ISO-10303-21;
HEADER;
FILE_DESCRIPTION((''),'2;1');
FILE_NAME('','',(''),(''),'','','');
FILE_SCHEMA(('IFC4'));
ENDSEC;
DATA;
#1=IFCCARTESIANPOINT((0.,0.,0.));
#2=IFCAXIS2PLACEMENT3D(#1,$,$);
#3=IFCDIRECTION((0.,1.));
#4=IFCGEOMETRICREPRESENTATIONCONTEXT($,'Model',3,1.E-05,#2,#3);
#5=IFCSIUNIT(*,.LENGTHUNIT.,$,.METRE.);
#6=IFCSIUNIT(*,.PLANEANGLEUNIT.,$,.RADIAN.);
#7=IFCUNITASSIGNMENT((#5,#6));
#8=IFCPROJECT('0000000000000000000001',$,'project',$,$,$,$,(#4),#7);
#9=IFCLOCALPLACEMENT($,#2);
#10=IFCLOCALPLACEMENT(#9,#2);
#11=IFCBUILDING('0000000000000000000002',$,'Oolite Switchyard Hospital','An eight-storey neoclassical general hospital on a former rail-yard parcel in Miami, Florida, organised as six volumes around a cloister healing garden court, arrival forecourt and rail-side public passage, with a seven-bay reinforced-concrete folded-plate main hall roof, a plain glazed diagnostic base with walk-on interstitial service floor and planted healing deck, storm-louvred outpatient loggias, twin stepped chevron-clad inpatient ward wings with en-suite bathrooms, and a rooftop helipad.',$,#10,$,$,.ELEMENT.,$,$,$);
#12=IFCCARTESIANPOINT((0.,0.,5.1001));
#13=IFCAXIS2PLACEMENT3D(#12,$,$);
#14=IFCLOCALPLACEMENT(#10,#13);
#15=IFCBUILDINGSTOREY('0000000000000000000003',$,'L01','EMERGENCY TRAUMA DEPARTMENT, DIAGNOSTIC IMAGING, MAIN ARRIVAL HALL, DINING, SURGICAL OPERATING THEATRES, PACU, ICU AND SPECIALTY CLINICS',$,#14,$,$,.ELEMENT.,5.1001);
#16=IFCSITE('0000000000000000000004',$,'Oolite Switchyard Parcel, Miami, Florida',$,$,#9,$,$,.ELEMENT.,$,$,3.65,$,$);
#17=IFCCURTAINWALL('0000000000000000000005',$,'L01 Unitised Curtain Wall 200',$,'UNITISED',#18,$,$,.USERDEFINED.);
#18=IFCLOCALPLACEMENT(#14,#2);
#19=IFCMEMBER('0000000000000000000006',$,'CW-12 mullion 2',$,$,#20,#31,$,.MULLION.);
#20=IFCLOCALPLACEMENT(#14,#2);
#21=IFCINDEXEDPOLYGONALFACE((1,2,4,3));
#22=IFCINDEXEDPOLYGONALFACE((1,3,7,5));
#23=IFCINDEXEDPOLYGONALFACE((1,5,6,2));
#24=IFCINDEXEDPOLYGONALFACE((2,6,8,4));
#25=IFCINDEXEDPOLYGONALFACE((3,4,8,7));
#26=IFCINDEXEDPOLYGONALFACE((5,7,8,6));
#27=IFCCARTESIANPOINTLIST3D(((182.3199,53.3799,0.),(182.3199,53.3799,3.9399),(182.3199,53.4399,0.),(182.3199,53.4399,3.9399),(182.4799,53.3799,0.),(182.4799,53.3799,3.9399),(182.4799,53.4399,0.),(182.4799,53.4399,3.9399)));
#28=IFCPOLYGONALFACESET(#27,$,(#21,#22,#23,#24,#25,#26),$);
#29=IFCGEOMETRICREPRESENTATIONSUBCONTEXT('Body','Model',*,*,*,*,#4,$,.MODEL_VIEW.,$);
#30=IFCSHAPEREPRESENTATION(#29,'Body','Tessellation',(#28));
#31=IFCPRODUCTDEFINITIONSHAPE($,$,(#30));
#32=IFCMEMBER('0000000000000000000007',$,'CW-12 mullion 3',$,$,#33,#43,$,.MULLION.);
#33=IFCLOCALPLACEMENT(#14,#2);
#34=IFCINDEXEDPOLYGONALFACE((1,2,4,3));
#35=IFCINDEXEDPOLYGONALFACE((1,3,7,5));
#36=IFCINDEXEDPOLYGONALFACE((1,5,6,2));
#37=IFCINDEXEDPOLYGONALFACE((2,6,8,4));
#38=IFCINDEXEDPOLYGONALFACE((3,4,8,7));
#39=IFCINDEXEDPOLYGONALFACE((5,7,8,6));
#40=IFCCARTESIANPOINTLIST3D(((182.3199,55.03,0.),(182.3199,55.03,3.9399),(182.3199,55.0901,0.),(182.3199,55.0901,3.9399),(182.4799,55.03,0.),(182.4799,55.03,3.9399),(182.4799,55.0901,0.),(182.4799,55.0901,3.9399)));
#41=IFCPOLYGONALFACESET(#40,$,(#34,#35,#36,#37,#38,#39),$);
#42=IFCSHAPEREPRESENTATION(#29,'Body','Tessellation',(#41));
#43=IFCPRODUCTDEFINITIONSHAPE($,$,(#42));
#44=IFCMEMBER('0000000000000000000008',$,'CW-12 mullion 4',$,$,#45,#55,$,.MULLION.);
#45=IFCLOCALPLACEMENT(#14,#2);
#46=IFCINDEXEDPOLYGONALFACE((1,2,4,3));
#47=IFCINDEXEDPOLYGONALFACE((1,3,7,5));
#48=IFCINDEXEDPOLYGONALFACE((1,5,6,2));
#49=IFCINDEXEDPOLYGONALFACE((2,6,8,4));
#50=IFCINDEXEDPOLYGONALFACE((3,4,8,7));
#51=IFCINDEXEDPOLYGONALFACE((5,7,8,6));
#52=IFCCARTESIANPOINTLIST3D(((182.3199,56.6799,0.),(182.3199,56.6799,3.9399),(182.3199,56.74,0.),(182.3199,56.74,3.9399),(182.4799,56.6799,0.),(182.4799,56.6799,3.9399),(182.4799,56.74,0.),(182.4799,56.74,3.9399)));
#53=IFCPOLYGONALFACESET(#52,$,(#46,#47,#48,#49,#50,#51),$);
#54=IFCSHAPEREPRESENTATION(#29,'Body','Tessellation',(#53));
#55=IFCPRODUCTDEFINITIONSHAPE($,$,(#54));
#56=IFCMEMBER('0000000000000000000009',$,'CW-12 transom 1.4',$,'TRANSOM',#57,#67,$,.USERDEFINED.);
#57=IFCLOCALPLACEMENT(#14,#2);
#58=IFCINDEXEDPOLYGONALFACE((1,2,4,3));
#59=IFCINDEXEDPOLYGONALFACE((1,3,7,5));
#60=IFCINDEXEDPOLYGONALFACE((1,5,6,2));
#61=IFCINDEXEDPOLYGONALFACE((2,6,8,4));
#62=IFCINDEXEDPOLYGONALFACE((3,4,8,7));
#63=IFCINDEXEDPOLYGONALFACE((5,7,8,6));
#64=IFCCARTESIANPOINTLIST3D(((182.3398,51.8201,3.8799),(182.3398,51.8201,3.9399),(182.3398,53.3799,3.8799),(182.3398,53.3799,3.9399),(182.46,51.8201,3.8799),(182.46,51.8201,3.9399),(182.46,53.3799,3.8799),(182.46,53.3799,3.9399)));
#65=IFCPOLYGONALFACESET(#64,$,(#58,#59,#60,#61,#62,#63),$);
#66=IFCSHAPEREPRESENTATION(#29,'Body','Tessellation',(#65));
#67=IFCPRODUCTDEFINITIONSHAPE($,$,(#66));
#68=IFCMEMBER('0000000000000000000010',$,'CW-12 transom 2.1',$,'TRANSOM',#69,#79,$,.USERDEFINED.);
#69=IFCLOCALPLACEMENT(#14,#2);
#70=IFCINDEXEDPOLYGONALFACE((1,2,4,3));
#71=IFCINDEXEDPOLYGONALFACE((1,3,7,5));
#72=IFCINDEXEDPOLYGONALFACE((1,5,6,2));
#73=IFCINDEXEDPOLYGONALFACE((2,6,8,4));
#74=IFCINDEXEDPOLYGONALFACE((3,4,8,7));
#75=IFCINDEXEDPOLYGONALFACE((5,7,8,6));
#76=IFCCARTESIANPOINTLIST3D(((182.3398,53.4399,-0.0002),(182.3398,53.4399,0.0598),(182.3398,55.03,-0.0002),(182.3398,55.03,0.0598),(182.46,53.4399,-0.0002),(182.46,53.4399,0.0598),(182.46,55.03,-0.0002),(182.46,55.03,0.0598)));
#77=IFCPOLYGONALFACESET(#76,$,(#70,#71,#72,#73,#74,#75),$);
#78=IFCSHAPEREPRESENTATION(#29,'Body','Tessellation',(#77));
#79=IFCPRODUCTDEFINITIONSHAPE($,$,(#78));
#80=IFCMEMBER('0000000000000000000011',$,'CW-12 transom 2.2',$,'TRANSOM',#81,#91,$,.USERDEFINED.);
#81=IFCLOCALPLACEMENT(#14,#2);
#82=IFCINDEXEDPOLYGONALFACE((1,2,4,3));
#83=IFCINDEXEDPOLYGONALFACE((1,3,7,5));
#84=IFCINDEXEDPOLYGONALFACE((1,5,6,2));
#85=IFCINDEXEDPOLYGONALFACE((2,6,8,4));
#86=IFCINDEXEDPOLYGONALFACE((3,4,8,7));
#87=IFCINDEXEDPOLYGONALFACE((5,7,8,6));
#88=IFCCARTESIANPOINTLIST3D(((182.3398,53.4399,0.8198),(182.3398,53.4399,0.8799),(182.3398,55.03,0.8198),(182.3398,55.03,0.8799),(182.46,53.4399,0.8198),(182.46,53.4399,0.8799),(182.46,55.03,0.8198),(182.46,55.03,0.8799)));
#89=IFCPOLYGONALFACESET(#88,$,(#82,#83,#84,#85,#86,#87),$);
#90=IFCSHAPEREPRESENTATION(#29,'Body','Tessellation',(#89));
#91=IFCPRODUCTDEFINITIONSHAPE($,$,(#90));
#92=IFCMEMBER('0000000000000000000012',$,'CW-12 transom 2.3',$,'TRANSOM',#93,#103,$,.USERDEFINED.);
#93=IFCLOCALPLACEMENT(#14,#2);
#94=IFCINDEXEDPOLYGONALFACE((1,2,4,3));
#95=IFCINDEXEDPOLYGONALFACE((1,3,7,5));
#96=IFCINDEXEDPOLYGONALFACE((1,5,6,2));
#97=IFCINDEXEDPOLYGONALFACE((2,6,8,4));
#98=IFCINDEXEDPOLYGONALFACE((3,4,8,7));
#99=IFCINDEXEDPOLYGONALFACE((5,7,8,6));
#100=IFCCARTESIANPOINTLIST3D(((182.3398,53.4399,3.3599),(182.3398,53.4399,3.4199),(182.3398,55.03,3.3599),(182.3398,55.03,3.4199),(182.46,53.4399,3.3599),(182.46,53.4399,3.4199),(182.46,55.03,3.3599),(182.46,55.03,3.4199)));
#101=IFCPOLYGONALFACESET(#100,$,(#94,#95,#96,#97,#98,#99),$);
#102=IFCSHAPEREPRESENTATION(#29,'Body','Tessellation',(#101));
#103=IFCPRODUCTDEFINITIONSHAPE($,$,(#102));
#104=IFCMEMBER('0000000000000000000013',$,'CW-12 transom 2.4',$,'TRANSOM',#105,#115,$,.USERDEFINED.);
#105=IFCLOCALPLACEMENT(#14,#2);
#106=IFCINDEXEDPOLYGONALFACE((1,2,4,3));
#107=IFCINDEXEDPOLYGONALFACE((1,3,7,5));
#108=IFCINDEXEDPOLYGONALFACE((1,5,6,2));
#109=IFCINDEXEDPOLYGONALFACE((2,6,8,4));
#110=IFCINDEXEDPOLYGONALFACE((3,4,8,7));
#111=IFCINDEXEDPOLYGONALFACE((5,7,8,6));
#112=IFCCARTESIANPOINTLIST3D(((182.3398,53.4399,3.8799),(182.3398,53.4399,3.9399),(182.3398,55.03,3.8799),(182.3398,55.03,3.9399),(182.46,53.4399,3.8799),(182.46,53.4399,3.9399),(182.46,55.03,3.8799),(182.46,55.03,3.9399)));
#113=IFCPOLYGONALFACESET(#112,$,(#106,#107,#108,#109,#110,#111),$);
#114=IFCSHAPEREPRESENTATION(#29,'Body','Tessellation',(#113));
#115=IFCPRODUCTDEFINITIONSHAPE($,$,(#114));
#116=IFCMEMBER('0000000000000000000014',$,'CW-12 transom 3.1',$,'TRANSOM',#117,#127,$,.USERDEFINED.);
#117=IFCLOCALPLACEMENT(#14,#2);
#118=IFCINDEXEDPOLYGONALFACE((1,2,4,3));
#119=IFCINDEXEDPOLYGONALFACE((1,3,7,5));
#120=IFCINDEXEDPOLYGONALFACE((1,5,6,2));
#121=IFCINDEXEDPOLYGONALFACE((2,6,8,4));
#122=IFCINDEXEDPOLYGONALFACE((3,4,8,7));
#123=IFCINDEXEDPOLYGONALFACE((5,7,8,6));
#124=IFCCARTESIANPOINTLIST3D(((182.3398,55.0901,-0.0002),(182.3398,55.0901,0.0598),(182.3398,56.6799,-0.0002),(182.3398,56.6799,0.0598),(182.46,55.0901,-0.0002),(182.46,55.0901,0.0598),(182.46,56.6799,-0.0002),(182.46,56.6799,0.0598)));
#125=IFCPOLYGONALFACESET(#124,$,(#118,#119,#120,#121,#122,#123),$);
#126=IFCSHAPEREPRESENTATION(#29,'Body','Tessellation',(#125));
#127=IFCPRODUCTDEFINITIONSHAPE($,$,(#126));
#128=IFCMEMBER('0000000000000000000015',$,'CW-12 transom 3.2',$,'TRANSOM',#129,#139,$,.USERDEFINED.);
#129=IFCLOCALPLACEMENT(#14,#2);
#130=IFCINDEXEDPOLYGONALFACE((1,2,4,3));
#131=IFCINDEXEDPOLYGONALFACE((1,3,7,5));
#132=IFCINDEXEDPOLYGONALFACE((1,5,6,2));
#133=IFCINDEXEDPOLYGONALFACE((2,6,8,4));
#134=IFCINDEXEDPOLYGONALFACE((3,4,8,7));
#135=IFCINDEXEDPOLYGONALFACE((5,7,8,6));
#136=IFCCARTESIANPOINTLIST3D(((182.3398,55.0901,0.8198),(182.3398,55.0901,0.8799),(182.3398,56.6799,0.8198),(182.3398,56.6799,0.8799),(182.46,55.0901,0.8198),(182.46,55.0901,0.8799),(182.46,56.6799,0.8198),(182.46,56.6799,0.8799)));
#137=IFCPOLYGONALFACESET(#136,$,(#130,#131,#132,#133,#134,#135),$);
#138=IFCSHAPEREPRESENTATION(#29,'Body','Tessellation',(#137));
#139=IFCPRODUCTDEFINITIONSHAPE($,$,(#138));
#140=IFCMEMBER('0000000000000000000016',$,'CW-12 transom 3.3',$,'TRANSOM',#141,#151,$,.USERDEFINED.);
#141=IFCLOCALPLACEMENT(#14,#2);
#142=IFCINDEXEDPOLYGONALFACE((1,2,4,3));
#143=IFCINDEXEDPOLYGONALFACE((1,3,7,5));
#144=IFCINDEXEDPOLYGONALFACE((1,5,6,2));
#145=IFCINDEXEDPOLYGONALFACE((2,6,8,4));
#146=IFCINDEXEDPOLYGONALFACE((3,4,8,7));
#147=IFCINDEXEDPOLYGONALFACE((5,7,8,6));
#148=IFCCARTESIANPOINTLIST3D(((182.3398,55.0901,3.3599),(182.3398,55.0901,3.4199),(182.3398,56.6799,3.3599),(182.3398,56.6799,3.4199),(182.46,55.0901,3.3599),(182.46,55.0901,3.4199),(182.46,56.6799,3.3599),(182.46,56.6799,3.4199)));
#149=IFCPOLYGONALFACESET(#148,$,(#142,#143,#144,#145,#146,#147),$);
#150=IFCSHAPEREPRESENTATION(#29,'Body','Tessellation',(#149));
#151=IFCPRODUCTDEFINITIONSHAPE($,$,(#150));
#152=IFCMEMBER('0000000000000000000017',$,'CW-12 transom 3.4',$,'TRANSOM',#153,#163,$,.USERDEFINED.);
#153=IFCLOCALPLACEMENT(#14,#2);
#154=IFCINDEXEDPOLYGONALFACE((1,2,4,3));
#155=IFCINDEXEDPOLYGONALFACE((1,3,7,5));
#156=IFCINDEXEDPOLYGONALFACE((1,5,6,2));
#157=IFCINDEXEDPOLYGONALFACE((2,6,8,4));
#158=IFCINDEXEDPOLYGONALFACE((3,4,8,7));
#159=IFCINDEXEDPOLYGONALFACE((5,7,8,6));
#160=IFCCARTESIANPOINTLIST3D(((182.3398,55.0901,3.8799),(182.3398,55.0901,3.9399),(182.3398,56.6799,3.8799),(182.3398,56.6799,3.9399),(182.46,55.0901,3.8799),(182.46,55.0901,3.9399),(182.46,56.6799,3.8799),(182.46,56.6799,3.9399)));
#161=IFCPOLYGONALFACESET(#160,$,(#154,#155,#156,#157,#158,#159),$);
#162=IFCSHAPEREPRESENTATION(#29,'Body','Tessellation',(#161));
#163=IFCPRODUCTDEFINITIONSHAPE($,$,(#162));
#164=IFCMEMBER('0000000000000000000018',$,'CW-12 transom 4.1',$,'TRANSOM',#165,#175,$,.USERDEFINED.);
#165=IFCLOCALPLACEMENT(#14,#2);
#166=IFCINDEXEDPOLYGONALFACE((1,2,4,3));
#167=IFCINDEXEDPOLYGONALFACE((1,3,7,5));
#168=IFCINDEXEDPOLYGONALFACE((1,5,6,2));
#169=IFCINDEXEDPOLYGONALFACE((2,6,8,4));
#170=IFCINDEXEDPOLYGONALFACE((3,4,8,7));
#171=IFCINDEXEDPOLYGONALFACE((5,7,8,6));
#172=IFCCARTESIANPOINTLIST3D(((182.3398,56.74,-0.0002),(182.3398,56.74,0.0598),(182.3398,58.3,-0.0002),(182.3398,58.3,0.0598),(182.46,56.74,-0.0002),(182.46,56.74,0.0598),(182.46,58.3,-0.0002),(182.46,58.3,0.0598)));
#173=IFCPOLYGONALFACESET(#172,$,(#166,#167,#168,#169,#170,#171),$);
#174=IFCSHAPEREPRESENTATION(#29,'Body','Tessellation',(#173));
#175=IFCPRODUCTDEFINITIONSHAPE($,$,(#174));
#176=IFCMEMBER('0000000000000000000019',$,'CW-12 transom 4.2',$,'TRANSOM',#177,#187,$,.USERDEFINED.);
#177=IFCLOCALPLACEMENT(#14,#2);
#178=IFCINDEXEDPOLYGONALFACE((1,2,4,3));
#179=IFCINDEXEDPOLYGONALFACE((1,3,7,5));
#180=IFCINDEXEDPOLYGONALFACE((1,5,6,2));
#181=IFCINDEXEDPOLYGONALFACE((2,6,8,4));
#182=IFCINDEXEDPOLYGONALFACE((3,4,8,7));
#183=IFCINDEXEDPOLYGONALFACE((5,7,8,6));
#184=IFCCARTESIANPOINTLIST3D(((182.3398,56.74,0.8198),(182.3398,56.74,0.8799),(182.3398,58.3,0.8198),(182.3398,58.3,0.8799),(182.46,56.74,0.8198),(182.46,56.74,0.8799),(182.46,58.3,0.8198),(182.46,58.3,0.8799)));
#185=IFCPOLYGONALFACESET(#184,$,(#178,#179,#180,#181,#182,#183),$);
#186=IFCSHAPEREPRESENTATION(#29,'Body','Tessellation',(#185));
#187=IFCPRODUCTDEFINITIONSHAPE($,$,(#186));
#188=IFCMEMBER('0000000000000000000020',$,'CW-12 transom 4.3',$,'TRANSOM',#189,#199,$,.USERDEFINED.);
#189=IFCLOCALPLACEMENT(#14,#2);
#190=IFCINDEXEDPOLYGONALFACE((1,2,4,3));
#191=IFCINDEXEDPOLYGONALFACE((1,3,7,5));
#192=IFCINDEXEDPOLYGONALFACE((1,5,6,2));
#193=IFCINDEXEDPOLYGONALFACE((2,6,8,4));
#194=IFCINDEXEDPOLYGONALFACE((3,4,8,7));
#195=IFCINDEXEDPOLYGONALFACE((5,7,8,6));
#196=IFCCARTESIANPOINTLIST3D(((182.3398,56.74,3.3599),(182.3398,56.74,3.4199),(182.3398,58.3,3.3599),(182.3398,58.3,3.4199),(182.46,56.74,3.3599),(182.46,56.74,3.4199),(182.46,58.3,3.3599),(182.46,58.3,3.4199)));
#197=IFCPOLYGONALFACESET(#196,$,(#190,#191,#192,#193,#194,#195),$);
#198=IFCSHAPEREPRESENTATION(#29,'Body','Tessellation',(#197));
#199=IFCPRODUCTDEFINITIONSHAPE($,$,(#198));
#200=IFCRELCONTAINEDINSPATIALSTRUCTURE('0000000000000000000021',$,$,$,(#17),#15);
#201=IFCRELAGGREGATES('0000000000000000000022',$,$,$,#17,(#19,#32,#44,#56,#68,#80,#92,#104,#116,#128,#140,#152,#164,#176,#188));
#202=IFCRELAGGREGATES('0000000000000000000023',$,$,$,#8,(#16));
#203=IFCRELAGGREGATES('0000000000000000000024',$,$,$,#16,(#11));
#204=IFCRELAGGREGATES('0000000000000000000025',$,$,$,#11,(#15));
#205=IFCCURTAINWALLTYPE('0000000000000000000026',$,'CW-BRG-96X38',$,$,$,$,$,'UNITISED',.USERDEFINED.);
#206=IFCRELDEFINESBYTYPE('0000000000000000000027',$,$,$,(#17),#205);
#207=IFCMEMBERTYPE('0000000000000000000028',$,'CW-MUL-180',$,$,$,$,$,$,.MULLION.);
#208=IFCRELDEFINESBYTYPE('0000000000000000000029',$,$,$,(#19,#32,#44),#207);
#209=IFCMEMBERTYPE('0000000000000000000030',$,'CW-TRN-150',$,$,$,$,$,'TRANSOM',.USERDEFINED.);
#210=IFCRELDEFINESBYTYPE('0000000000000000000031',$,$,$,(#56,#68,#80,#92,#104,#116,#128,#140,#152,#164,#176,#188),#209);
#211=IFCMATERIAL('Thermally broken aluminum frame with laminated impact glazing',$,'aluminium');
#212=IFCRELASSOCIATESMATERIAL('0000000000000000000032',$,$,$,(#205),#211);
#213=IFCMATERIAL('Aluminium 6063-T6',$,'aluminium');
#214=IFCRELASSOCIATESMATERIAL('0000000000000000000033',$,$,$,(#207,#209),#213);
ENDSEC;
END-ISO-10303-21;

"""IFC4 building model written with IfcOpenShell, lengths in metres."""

from ifc_helpers import new_model, si_unit, direction, frame, origin, origin_2d, place, context, subcontext, project, spatial, rectangle, extrude, material, material_profile, profile_set, type_object, element, aggregate, save


model = new_model("IFC4")

# Units and contexts
model_context = context("Model", 3, precision=1e-05, world=origin(), true_north=direction((0.0, 1.0)))
body_context = subcontext(model_context, "Body", "Model", "MODEL_VIEW")
ifc_project = project(units=[si_unit("LENGTHUNIT", "METRE"), si_unit("PLANEANGLEUNIT", "RADIAN")], contexts=[model_context])

# Site, building, storey
site_placement = place(None, origin())
site = spatial("IfcSite", under=ifc_project, at=site_placement, Name="Oolite Switchyard Parcel, Miami, Florida", CompositionType="ELEMENT", RefElevation=3.65)
building_placement = place(site_placement, origin())
building = spatial("IfcBuilding", under=site, at=building_placement, Name="Oolite Switchyard Hospital", Description="An eight-storey neoclassical general hospital on a former rail-yard parcel in Miami, Florida, organised as six volumes around a cloister healing garden court, arrival forecourt and rail-side public passage, with a seven-bay reinforced-concrete folded-plate main hall roof, a plain glazed diagnostic base with walk-on interstitial service floor and planted healing deck, storm-louvred outpatient loggias, twin stepped chevron-clad inpatient ward wings with en-suite bathrooms, and a rooftop helipad.", CompositionType="ELEMENT")
storey_placement = place(building_placement, frame((0.0, 0.0, 5.1001)))
storey = spatial("IfcBuildingStorey", under=building, at=storey_placement, Name="L01", Description="EMERGENCY TRAUMA DEPARTMENT, DIAGNOSTIC IMAGING, MAIN ARRIVAL HALL, DINING, SURGICAL OPERATING THEATRES, PACU, ICU AND SPECIALTY CLINICS", CompositionType="ELEMENT", Elevation=5.1001)

# Curtain wall, members
ifc_material_1 = material(Name="Thermally broken aluminum frame with laminated impact glazing", Category="aluminium")
curtain_wall_type = type_object("IfcCurtainWallType", Name="CW-BRG-96X38", ElementType="UNITISED", PredefinedType="USERDEFINED", material=ifc_material_1)
curtain_wall_placement = place(storey_placement, origin())
curtain_wall = element("IfcCurtainWall", 1, at=curtain_wall_placement, inside=storey, type_object=curtain_wall_type, Name="L01 Unitised Curtain Wall 200", ObjectType="UNITISED", PredefinedType="USERDEFINED")
ifc_material_2 = material(Name="Aluminium 6063-T6", Category="aluminium")
ifc_material_profile_1 = material_profile(ifc_material_2, rectangle(XDim=0.1599, YDim=0.0601, at=origin_2d()), Name="CWM60X160")
ifc_profile_set_1 = profile_set([ifc_material_profile_1], Name="Aluminium 6063-T6")
member_type_1 = type_object("IfcMemberType", Name="CW-MUL-180", PredefinedType="MULLION", material=ifc_profile_set_1)
member_1_placement = place(storey_placement, frame((182.3999, 53.4099, 0.0), z_axis=(0.0, 0.0, 1.0), x_axis=(-1.0, 0.0, 0.0)))
member_1 = element("IfcMember", 2, at=member_1_placement, type_object=member_type_1, Name="CW-12 mullion 2", PredefinedType="MULLION", context=body_context, shape_type="SweptSolid", body=[
    extrude(rectangle(XDim=0.1599, YDim=0.0601, at=origin_2d()), origin(), (0.0, 0.0, 1.0), 3.9399),
])
member_2_placement = place(storey_placement, frame((182.3999, 55.0601, 0.0), z_axis=(0.0, 0.0, 1.0), x_axis=(-1.0, 0.0, 0.0)))
member_2 = element("IfcMember", 3, at=member_2_placement, type_object=member_type_1, Name="CW-12 mullion 3", PredefinedType="MULLION", context=body_context, shape_type="SweptSolid", body=[
    extrude(rectangle(XDim=0.1599, YDim=0.0601, at=origin_2d()), origin(), (0.0, 0.0, 1.0), 3.9399),
])
member_3_placement = place(storey_placement, frame((182.3999, 56.71, 0.0), z_axis=(0.0, 0.0, 1.0), x_axis=(-1.0, 0.0, 0.0)))
member_3 = element("IfcMember", 4, at=member_3_placement, type_object=member_type_1, Name="CW-12 mullion 4", PredefinedType="MULLION", context=body_context, shape_type="SweptSolid", body=[
    extrude(rectangle(XDim=0.1599, YDim=0.0601, at=origin_2d()), origin(), (0.0, 0.0, 1.0), 3.9399),
])
ifc_material_profile_2 = material_profile(ifc_material_2, rectangle(XDim=0.1201, YDim=0.0601, at=origin_2d()), Name="CWT60X120")
ifc_profile_set_2 = profile_set([ifc_material_profile_2], Name="Aluminium 6063-T6")
member_type_2 = type_object("IfcMemberType", Name="CW-TRN-150", ElementType="TRANSOM", PredefinedType="USERDEFINED", material=ifc_profile_set_2)
member_4_placement = place(storey_placement, frame((182.3999, 51.8201, 3.9099), z_axis=(0.0, 1.0, 0.0), x_axis=(-1.0, 0.0, 0.0)))
member_4 = element("IfcMember", 5, at=member_4_placement, type_object=member_type_2, Name="CW-12 transom 1.4", ObjectType="TRANSOM", PredefinedType="USERDEFINED", context=body_context, shape_type="SweptSolid", body=[
    extrude(rectangle(XDim=0.1201, YDim=0.0601, at=origin_2d()), origin(), (0.0, 0.0, 1.0), 1.5598),
])
member_5_placement = place(storey_placement, frame((182.3999, 53.4399, 0.0298), z_axis=(0.0, 1.0, 0.0), x_axis=(-1.0, 0.0, 0.0)))
member_5 = element("IfcMember", 6, at=member_5_placement, type_object=member_type_2, Name="CW-12 transom 2.1", ObjectType="TRANSOM", PredefinedType="USERDEFINED", context=body_context, shape_type="SweptSolid", body=[
    extrude(rectangle(XDim=0.1201, YDim=0.0601, at=origin_2d()), origin(), (0.0, 0.0, 1.0), 1.5901),
])
member_6_placement = place(storey_placement, frame((182.3999, 53.4399, 0.8499), z_axis=(0.0, 1.0, 0.0), x_axis=(-1.0, 0.0, 0.0)))
member_6 = element("IfcMember", 7, at=member_6_placement, type_object=member_type_2, Name="CW-12 transom 2.2", ObjectType="TRANSOM", PredefinedType="USERDEFINED", context=body_context, shape_type="SweptSolid", body=[
    extrude(rectangle(XDim=0.1201, YDim=0.0601, at=origin_2d()), origin(), (0.0, 0.0, 1.0), 1.5901),
])
member_7_placement = place(storey_placement, frame((182.3999, 53.4399, 3.3899), z_axis=(0.0, 1.0, 0.0), x_axis=(-1.0, 0.0, 0.0)))
member_7 = element("IfcMember", 8, at=member_7_placement, type_object=member_type_2, Name="CW-12 transom 2.3", ObjectType="TRANSOM", PredefinedType="USERDEFINED", context=body_context, shape_type="SweptSolid", body=[
    extrude(rectangle(XDim=0.1201, YDim=0.0601, at=origin_2d()), origin(), (0.0, 0.0, 1.0), 1.5901),
])
member_8_placement = place(storey_placement, frame((182.3999, 53.4399, 3.9099), z_axis=(0.0, 1.0, 0.0), x_axis=(-1.0, 0.0, 0.0)))
member_8 = element("IfcMember", 9, at=member_8_placement, type_object=member_type_2, Name="CW-12 transom 2.4", ObjectType="TRANSOM", PredefinedType="USERDEFINED", context=body_context, shape_type="SweptSolid", body=[
    extrude(rectangle(XDim=0.1201, YDim=0.0601, at=origin_2d()), origin(), (0.0, 0.0, 1.0), 1.5901),
])
member_9_placement = place(storey_placement, frame((182.3999, 55.0901, 0.0298), z_axis=(0.0, 1.0, 0.0), x_axis=(-1.0, 0.0, 0.0)))
member_9 = element("IfcMember", 10, at=member_9_placement, type_object=member_type_2, Name="CW-12 transom 3.1", ObjectType="TRANSOM", PredefinedType="USERDEFINED", context=body_context, shape_type="SweptSolid", body=[
    extrude(rectangle(XDim=0.1201, YDim=0.0601, at=origin_2d()), origin(), (0.0, 0.0, 1.0), 1.5898),
])
member_10_placement = place(storey_placement, frame((182.3999, 55.0901, 0.8499), z_axis=(0.0, 1.0, 0.0), x_axis=(-1.0, 0.0, 0.0)))
member_10 = element("IfcMember", 11, at=member_10_placement, type_object=member_type_2, Name="CW-12 transom 3.2", ObjectType="TRANSOM", PredefinedType="USERDEFINED", context=body_context, shape_type="SweptSolid", body=[
    extrude(rectangle(XDim=0.1201, YDim=0.0601, at=origin_2d()), origin(), (0.0, 0.0, 1.0), 1.5898),
])
member_11_placement = place(storey_placement, frame((182.3999, 55.0901, 3.3899), z_axis=(0.0, 1.0, 0.0), x_axis=(-1.0, 0.0, 0.0)))
member_11 = element("IfcMember", 12, at=member_11_placement, type_object=member_type_2, Name="CW-12 transom 3.3", ObjectType="TRANSOM", PredefinedType="USERDEFINED", context=body_context, shape_type="SweptSolid", body=[
    extrude(rectangle(XDim=0.1201, YDim=0.0601, at=origin_2d()), origin(), (0.0, 0.0, 1.0), 1.5898),
])
member_12_placement = place(storey_placement, frame((182.3999, 55.0901, 3.9099), z_axis=(0.0, 1.0, 0.0), x_axis=(-1.0, 0.0, 0.0)))
member_12 = element("IfcMember", 13, at=member_12_placement, type_object=member_type_2, Name="CW-12 transom 3.4", ObjectType="TRANSOM", PredefinedType="USERDEFINED", context=body_context, shape_type="SweptSolid", body=[
    extrude(rectangle(XDim=0.1201, YDim=0.0601, at=origin_2d()), origin(), (0.0, 0.0, 1.0), 1.5898),
])
member_13_placement = place(storey_placement, frame((182.3999, 56.74, 0.0298), z_axis=(0.0, 1.0, 0.0), x_axis=(-1.0, 0.0, 0.0)))
member_13 = element("IfcMember", 14, at=member_13_placement, type_object=member_type_2, Name="CW-12 transom 4.1", ObjectType="TRANSOM", PredefinedType="USERDEFINED", context=body_context, shape_type="SweptSolid", body=[
    extrude(rectangle(XDim=0.1201, YDim=0.0601, at=origin_2d()), origin(), (0.0, 0.0, 1.0), 1.5601),
])
member_14_placement = place(storey_placement, frame((182.3999, 56.74, 0.8499), z_axis=(0.0, 1.0, 0.0), x_axis=(-1.0, 0.0, 0.0)))
member_14 = element("IfcMember", 15, at=member_14_placement, type_object=member_type_2, Name="CW-12 transom 4.2", ObjectType="TRANSOM", PredefinedType="USERDEFINED", context=body_context, shape_type="SweptSolid", body=[
    extrude(rectangle(XDim=0.1201, YDim=0.0601, at=origin_2d()), origin(), (0.0, 0.0, 1.0), 1.5601),
])
member_15_placement = place(storey_placement, frame((182.3999, 56.74, 3.3899), z_axis=(0.0, 1.0, 0.0), x_axis=(-1.0, 0.0, 0.0)))
member_15 = element("IfcMember", 16, at=member_15_placement, type_object=member_type_2, Name="CW-12 transom 4.3", ObjectType="TRANSOM", PredefinedType="USERDEFINED", context=body_context, shape_type="SweptSolid", body=[
    extrude(rectangle(XDim=0.1201, YDim=0.0601, at=origin_2d()), origin(), (0.0, 0.0, 1.0), 1.5601),
])
aggregate(curtain_wall, [member_1, member_2, member_3, member_4, member_5, member_6, member_7, member_8, member_9, member_10, member_11, member_12, member_13, member_14, member_15])

save(model, "model.ifc")
